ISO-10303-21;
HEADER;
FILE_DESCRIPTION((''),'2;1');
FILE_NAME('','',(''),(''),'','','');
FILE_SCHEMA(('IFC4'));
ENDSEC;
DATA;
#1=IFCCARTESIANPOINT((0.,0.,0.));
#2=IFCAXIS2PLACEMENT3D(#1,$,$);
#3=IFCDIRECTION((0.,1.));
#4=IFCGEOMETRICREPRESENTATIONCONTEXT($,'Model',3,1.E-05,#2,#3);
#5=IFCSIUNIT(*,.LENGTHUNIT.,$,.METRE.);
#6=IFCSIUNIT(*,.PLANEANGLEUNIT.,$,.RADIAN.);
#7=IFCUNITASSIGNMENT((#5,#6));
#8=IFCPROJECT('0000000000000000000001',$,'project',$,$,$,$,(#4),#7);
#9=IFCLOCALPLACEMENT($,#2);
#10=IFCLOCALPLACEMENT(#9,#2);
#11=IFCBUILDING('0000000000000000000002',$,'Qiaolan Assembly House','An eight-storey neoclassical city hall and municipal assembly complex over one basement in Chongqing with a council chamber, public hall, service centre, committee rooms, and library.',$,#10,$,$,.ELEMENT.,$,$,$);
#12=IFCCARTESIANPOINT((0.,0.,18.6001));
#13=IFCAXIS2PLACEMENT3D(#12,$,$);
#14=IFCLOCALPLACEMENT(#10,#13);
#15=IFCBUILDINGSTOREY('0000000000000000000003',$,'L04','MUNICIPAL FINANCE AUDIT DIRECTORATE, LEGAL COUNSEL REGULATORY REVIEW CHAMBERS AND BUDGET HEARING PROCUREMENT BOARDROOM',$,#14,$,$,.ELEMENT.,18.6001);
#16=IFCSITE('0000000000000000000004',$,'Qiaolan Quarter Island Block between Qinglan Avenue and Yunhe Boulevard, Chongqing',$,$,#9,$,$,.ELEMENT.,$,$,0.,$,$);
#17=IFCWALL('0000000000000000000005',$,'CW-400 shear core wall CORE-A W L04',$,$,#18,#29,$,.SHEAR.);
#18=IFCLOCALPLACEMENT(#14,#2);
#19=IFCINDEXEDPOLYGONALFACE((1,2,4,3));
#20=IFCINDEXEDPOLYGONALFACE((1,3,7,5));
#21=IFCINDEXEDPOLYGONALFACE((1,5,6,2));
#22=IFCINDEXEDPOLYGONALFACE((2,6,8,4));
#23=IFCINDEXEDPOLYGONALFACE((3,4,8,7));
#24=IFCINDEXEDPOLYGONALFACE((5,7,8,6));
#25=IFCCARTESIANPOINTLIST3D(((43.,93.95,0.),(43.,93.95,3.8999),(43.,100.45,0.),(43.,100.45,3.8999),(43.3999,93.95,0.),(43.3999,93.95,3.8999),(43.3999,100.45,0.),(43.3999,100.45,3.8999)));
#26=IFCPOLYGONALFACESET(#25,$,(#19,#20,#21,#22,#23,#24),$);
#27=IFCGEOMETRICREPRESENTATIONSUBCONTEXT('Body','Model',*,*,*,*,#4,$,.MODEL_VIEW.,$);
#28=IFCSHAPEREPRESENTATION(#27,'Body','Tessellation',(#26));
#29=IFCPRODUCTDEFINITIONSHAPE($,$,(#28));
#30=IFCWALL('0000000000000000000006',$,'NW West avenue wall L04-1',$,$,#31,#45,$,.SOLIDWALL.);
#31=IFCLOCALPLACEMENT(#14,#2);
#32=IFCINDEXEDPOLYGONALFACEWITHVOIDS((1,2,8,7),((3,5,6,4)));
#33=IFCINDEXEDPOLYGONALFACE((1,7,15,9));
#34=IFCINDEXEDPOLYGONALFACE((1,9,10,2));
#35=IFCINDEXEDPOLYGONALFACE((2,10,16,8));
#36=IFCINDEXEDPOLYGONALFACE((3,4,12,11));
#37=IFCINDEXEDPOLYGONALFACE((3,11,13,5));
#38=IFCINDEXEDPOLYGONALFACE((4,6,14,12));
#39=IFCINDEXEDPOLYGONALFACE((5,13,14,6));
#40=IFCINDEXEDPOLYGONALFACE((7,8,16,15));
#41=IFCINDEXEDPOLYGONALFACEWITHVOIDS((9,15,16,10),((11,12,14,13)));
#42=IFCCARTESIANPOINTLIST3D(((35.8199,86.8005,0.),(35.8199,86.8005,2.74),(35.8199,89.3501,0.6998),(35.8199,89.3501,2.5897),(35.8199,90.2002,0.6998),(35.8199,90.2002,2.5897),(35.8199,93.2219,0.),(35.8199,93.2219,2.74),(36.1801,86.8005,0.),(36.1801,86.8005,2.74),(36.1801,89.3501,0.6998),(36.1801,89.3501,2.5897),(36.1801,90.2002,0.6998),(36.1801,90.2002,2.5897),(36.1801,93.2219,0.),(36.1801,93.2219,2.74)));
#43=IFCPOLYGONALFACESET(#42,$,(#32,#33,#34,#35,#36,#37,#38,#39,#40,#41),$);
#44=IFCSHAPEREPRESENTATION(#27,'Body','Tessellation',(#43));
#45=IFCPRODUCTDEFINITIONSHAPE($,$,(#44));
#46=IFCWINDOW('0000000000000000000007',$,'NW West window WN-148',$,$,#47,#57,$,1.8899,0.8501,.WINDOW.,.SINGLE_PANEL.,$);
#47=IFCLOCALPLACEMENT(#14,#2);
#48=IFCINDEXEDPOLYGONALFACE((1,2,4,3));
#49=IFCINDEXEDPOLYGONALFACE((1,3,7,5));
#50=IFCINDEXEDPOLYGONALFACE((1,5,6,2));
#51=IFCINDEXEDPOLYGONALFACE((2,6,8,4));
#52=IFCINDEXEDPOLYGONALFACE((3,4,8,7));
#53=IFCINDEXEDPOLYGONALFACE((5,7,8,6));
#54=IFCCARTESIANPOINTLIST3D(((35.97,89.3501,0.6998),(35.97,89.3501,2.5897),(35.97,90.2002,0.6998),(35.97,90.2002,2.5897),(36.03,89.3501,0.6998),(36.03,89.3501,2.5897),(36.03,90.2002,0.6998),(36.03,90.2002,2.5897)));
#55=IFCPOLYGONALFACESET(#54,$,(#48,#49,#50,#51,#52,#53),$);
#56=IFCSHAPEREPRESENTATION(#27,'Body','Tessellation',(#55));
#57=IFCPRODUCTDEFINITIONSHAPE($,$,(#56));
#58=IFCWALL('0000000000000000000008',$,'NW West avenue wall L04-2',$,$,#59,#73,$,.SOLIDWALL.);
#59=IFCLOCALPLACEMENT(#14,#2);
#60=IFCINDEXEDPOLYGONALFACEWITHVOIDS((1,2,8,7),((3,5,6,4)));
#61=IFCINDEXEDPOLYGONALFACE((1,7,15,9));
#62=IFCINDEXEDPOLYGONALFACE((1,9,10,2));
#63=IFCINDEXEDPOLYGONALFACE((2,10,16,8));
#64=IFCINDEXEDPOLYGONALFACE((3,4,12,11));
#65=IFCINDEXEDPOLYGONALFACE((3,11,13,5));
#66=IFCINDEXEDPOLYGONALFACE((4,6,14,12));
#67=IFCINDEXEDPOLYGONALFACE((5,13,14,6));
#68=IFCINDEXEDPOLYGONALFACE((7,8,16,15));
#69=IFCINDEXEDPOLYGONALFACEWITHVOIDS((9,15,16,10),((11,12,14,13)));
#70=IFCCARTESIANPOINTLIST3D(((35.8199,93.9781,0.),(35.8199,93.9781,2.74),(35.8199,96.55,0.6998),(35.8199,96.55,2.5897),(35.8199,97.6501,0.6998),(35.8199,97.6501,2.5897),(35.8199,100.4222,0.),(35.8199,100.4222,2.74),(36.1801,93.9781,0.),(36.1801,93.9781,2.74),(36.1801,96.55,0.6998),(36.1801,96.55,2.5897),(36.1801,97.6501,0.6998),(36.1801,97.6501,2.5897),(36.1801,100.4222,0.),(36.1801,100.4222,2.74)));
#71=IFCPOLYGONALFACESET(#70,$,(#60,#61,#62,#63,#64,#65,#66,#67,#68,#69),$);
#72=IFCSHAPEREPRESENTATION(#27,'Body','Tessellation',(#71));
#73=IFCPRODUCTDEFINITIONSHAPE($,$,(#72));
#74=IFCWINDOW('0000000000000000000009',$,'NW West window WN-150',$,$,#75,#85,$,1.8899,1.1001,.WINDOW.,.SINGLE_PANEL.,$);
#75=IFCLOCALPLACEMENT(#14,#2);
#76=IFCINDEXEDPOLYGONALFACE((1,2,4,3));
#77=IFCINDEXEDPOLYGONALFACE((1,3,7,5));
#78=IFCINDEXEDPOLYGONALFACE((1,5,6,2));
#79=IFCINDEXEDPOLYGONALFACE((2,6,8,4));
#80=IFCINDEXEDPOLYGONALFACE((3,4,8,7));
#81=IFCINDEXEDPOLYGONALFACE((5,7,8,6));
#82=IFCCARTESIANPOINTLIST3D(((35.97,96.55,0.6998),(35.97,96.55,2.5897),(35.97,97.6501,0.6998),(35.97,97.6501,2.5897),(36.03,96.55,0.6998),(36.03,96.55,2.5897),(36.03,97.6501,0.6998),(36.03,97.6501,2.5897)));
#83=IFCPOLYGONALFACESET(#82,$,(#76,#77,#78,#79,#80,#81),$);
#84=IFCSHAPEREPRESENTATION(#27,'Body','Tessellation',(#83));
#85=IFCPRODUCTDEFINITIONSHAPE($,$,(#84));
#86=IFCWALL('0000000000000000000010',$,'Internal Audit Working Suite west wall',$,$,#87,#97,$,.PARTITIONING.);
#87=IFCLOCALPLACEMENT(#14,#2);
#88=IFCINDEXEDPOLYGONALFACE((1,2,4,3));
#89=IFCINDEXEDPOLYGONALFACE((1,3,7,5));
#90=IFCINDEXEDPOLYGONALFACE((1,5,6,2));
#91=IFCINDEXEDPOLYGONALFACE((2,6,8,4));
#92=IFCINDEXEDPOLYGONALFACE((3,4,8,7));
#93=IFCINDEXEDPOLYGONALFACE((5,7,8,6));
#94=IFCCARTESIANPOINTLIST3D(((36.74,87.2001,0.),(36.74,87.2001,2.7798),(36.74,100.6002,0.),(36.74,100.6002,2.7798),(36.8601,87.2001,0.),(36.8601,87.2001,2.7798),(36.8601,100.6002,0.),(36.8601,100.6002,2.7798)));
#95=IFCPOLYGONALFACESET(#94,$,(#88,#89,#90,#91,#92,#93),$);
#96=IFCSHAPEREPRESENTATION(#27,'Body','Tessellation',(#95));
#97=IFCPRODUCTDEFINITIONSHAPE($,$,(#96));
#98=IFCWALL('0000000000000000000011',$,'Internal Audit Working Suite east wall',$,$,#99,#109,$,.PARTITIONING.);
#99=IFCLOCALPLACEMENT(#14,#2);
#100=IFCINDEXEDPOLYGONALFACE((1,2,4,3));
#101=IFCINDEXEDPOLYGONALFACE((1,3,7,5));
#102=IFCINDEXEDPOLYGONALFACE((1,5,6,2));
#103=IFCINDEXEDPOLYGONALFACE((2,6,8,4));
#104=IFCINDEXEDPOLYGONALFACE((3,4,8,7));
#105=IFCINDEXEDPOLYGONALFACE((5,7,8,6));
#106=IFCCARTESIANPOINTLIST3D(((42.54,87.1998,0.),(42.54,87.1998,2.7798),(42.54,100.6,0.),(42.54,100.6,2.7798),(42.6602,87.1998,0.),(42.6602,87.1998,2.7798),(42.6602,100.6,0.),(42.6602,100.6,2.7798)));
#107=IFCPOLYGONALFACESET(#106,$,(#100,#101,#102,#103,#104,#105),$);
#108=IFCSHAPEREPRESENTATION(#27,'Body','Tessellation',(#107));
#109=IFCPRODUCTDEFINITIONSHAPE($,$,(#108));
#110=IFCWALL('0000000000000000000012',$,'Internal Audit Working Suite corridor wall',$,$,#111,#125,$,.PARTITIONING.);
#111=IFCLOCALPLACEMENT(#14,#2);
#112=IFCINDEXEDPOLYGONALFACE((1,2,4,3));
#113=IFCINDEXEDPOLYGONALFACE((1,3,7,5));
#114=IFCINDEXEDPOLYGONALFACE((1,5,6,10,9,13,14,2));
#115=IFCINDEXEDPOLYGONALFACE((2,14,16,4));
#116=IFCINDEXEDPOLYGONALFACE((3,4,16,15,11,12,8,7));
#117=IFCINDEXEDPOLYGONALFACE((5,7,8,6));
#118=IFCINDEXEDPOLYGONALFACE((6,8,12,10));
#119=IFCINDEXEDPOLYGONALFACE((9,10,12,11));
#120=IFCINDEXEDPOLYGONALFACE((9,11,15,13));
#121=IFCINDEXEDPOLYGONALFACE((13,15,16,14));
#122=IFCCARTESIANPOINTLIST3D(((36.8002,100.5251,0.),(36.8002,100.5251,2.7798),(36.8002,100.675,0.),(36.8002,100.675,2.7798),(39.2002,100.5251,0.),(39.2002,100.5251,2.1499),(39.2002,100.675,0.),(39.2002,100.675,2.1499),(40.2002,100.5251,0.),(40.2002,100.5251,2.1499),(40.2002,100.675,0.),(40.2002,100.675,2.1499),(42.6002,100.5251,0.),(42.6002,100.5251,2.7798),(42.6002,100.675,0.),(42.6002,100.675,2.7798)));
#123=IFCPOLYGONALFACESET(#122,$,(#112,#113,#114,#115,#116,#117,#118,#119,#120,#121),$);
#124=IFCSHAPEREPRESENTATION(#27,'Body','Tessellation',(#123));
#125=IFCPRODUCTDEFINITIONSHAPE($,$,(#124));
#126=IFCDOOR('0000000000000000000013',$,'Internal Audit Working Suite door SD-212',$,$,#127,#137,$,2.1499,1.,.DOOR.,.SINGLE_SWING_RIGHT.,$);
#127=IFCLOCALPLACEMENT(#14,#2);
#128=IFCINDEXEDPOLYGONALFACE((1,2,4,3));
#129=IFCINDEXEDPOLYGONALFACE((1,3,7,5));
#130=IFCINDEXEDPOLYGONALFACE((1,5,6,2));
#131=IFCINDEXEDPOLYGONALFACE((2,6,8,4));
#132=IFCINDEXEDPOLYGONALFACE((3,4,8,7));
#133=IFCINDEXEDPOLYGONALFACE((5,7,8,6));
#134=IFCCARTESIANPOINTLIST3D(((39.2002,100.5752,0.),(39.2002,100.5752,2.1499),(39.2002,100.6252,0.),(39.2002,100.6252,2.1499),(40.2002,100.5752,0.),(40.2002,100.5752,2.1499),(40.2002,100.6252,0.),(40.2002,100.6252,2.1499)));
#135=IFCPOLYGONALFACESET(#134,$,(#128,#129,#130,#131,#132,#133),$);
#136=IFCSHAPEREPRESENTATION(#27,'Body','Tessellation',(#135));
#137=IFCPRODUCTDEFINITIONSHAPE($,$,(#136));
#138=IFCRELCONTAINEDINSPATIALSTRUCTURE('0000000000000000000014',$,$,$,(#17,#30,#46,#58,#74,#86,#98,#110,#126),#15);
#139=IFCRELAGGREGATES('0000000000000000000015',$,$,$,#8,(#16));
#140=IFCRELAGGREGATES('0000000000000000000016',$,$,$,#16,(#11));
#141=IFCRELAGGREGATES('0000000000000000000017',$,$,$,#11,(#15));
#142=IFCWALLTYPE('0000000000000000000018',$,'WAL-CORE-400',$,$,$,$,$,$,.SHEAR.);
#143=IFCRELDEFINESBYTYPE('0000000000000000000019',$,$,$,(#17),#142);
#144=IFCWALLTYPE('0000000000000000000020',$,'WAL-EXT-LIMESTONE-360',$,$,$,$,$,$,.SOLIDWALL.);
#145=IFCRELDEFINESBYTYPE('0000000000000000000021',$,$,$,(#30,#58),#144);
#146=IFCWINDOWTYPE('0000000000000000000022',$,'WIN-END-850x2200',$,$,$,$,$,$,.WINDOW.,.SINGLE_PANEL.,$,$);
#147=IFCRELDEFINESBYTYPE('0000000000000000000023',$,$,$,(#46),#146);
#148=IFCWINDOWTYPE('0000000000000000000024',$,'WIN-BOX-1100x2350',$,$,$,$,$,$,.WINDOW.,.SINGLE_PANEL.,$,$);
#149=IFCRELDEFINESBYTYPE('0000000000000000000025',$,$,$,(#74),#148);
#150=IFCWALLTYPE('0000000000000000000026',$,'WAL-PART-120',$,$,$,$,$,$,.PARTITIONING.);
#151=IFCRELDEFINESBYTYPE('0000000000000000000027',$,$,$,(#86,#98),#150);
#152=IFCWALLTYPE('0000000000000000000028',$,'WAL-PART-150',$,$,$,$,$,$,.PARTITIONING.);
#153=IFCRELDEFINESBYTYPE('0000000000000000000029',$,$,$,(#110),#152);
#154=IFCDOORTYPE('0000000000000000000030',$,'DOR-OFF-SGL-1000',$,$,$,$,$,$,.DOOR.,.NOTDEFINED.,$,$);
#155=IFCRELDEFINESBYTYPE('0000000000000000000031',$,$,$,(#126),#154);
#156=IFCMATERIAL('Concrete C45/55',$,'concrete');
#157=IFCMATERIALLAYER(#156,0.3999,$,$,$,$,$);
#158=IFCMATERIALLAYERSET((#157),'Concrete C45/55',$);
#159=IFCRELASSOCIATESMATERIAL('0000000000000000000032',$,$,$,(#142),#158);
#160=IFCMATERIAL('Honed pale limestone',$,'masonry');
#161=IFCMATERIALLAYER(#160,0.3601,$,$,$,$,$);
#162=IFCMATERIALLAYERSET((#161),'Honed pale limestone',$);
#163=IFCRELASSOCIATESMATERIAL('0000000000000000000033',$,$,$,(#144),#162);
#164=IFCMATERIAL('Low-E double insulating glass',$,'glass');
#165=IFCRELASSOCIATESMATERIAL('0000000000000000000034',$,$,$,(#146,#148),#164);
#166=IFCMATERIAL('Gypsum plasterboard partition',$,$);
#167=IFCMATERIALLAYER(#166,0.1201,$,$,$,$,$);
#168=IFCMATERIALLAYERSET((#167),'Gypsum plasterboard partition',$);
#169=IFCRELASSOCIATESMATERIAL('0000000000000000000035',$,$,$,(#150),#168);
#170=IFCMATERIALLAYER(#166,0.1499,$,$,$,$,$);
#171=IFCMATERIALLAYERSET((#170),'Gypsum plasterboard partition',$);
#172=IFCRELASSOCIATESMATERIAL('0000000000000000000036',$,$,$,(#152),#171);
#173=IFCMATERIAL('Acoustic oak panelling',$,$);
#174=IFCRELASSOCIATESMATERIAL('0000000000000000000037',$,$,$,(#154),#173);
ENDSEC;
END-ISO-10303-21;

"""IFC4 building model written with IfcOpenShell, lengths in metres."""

from ifc_helpers import new_model, si_unit, direction, frame, frame_2d, origin, place, context, subcontext, project, spatial, rectangle, extrude, material, layer, layer_set, type_object, element, fill, save


model = new_model("IFC4")

# Units and contexts
model_context = context("Model", 3, precision=1e-05, world=origin(), true_north=direction((0.0, 1.0)))
body_context = subcontext(model_context, "Body", "Model", "MODEL_VIEW")
ifc_project = project(units=[si_unit("LENGTHUNIT", "METRE"), si_unit("PLANEANGLEUNIT", "RADIAN")], contexts=[model_context])

# Site, building, storey
site_placement = place(None, origin())
site = spatial("IfcSite", under=ifc_project, at=site_placement, Name="Qiaolan Quarter Island Block between Qinglan Avenue and Yunhe Boulevard, Chongqing", CompositionType="ELEMENT", RefElevation=0.0)
building_placement = place(site_placement, origin())
building = spatial("IfcBuilding", under=site, at=building_placement, Name="Qiaolan Assembly House", Description="An eight-storey neoclassical city hall and municipal assembly complex over one basement in Chongqing with a council chamber, public hall, service centre, committee rooms, and library.", CompositionType="ELEMENT")
storey_placement = place(building_placement, frame((0.0, 0.0, 18.6001)))
storey = spatial("IfcBuildingStorey", under=building, at=storey_placement, Name="L04", Description="MUNICIPAL FINANCE AUDIT DIRECTORATE, LEGAL COUNSEL REGULATORY REVIEW CHAMBERS AND BUDGET HEARING PROCUREMENT BOARDROOM", CompositionType="ELEMENT", Elevation=18.6001)

# Shared definitions
ifc_material_1 = material(Name="Concrete C45/55", Category="concrete")

# Shared definitions
ifc_material_2 = material(Name="Honed pale limestone", Category="masonry")

# Wall
ifc_layer_1 = layer(ifc_material_1, 0.3999)
ifc_layer_set_1 = layer_set([ifc_layer_1], Name="Concrete C45/55")
wall_type_1 = type_object("IfcWallType", Name="WAL-CORE-400", PredefinedType="SHEAR", material=ifc_layer_set_1)
for number, where, z_axis, x_axis, name in (
    (1, (43.2, 100.45, 0.0), (0.0, 0.0, 1.0), (0.0, -1.0, 0.0), "CW-400 shear core wall CORE-A W L04"),
):
    element("IfcWall", number, at=place(storey_placement, frame(where, z_axis=z_axis, x_axis=x_axis)), inside=storey, type_object=wall_type_1, Name=name, PredefinedType="SHEAR", context=body_context, shape_type="SweptSolid", body=[
        extrude(rectangle(XDim=6.5, YDim=0.3999, at=frame_2d((3.25, 0.0))), origin(), (0.0, 0.0, 1.0), 3.8999),
    ])

# Walls, openings, windows
ifc_layer_2 = layer(ifc_material_2, 0.3601)
ifc_layer_set_2 = layer_set([ifc_layer_2], Name="Honed pale limestone")
wall_type_2 = type_object("IfcWallType", Name="WAL-EXT-LIMESTONE-360", PredefinedType="SOLIDWALL", material=ifc_layer_set_2)
wall_1_placement = place(storey_placement, frame((36.0, 86.8005, 0.0), z_axis=(0.0, 0.0, 1.0), x_axis=(0.0, 1.0, 0.0)))
wall_1 = element("IfcWall", 2, at=wall_1_placement, inside=storey, type_object=wall_type_2, Name="NW West avenue wall L04-1", PredefinedType="SOLIDWALL", context=body_context, shape_type="SweptSolid", body=[
    extrude(rectangle(XDim=6.4214, YDim=0.3601, at=frame_2d((3.2107, 0.0))), origin(), (0.0, 0.0, 1.0), 2.74),
])
opening_1_placement = place(wall_1_placement, frame((2.5496, 0.0, 0.7)))
opening_1 = element("IfcOpeningElement", 3, at=opening_1_placement, cuts=wall_1, PredefinedType="OPENING", context=body_context, shape_type="SweptSolid", body=[
    extrude(rectangle(XDim=0.8501, YDim=1.8899, at=frame_2d((0.425, 0.9448))), frame((0.0, 0.1899, 0.0), z_axis=(0.0, -1.0, 0.0), x_axis=(1.0, 0.0, 0.0)), (0.0, 0.0, 1.0), 0.3801),
])
ifc_material_3 = material(Name="Low-E double insulating glass", Category="glass")
window_type_1 = type_object("IfcWindowType", Name="WIN-END-850x2200", PartitioningType="SINGLE_PANEL", PredefinedType="WINDOW", material=ifc_material_3)
window_1_placement = place(opening_1_placement, origin())
window_1 = element("IfcWindow", 4, at=window_1_placement, inside=storey, type_object=window_type_1, Name="NW West window WN-148", OverallHeight=1.8899, OverallWidth=0.8501, PartitioningType="SINGLE_PANEL", PredefinedType="WINDOW", context=body_context, shape_type="SweptSolid", body=[
    extrude(rectangle(XDim=0.8501, YDim=1.8899, at=frame_2d((0.425, 0.9448))), frame((0.0, 0.03, 0.0), z_axis=(0.0, -1.0, 0.0), x_axis=(1.0, 0.0, 0.0)), (0.0, 0.0, 1.0), 0.0601),
])
fill(opening_1, window_1)
wall_2_placement = place(storey_placement, frame((36.0, 93.978, 0.0), z_axis=(0.0, 0.0, 1.0), x_axis=(0.0, 1.0, 0.0)))
wall_2 = element("IfcWall", 5, at=wall_2_placement, inside=storey, type_object=wall_type_2, Name="NW West avenue wall L04-2", PredefinedType="SOLIDWALL", context=body_context, shape_type="SweptSolid", body=[
    extrude(rectangle(XDim=6.4441, YDim=0.3601, at=frame_2d((3.2222, 0.0))), origin(), (0.0, 0.0, 1.0), 2.74),
])
opening_2_placement = place(wall_2_placement, frame((2.572, 0.0, 0.7)))
opening_2 = element("IfcOpeningElement", 6, at=opening_2_placement, cuts=wall_2, PredefinedType="OPENING", context=body_context, shape_type="SweptSolid", body=[
    extrude(rectangle(XDim=1.1001, YDim=1.8899, at=frame_2d((0.55, 0.9448))), frame((0.0, 0.1899, 0.0), z_axis=(0.0, -1.0, 0.0), x_axis=(1.0, 0.0, 0.0)), (0.0, 0.0, 1.0), 0.3801),
])
window_type_2 = type_object("IfcWindowType", Name="WIN-BOX-1100x2350", PartitioningType="SINGLE_PANEL", PredefinedType="WINDOW", material=ifc_material_3)
window_2_placement = place(opening_2_placement, origin())
window_2 = element("IfcWindow", 7, at=window_2_placement, inside=storey, type_object=window_type_2, Name="NW West window WN-150", OverallHeight=1.8899, OverallWidth=1.1001, PartitioningType="SINGLE_PANEL", PredefinedType="WINDOW", context=body_context, shape_type="SweptSolid", body=[
    extrude(rectangle(XDim=1.1001, YDim=1.8899, at=frame_2d((0.55, 0.9448))), frame((0.0, 0.03, 0.0), z_axis=(0.0, -1.0, 0.0), x_axis=(1.0, 0.0, 0.0)), (0.0, 0.0, 1.0), 0.0601),
])
fill(opening_2, window_2)

# Walls
ifc_material_4 = material(Name="Gypsum plasterboard partition")
ifc_layer_3 = layer(ifc_material_4, 0.1201)
ifc_layer_set_3 = layer_set([ifc_layer_3], Name="Gypsum plasterboard partition")
wall_type_3 = type_object("IfcWallType", Name="WAL-PART-120", PredefinedType="PARTITIONING", material=ifc_layer_set_3)
for number, where, z_axis, x_axis, name in (
    (8, (36.8, 87.2, 0.0), (0.0, 0.0, 1.0), (0.0, 1.0, 0.0), "Internal Audit Working Suite west wall"),
    (9, (42.6001, 100.6001, 0.0), (0.0, 0.0, 1.0), (0.0, -1.0, 0.0), "Internal Audit Working Suite east wall"),
):
    element("IfcWall", number, at=place(storey_placement, frame(where, z_axis=z_axis, x_axis=x_axis)), inside=storey, type_object=wall_type_3, Name=name, PredefinedType="PARTITIONING", context=body_context, shape_type="SweptSolid", body=[
        extrude(rectangle(XDim=13.4001, YDim=0.1201, at=frame_2d((6.7002, 0.0))), origin(), (0.0, 0.0, 1.0), 2.7798),
    ])

# Wall, opening, door
ifc_layer_4 = layer(ifc_material_4, 0.1499)
ifc_layer_set_4 = layer_set([ifc_layer_4], Name="Gypsum plasterboard partition")
wall_type_4 = type_object("IfcWallType", Name="WAL-PART-150", PredefinedType="PARTITIONING", material=ifc_layer_set_4)
wall_3_placement = place(storey_placement, frame((42.6001, 100.6001, 0.0), z_axis=(0.0, 0.0, 1.0), x_axis=(-1.0, 0.0, 0.0)))
wall_3 = element("IfcWall", 10, at=wall_3_placement, inside=storey, type_object=wall_type_4, Name="Internal Audit Working Suite corridor wall", PredefinedType="PARTITIONING", context=body_context, shape_type="SweptSolid", body=[
    extrude(rectangle(XDim=5.8, YDim=0.1499, at=frame_2d((2.8999, 0.0))), origin(), (0.0, 0.0, 1.0), 2.7798),
])
opening_3_placement = place(wall_3_placement, frame((2.3999, 0.0, 0.0)))
opening_3 = element("IfcOpeningElement", 11, at=opening_3_placement, cuts=wall_3, PredefinedType="OPENING", context=body_context, shape_type="SweptSolid", body=[
    extrude(rectangle(XDim=1.0, YDim=2.1499, at=frame_2d((0.5, 1.075))), frame((0.0, 0.085, 0.0), z_axis=(0.0, -1.0, 0.0), x_axis=(1.0, 0.0, 0.0)), (0.0, 0.0, 1.0), 0.1699),
])
ifc_material_5 = material(Name="Acoustic oak panelling")
door_type = type_object("IfcDoorType", Name="DOR-OFF-SGL-1000", OperationType="NOTDEFINED", PredefinedType="DOOR", material=ifc_material_5)
door_placement = place(opening_3_placement, origin())
door = element("IfcDoor", 12, at=door_placement, inside=storey, type_object=door_type, Name="Internal Audit Working Suite door SD-212", OperationType="SINGLE_SWING_RIGHT", OverallHeight=2.1499, OverallWidth=1.0, PredefinedType="DOOR", context=body_context, shape_type="SweptSolid", body=[
    extrude(rectangle(XDim=1.0, YDim=2.1499, at=frame_2d((0.5, 1.075))), frame((0.0, 0.0249, 0.0), z_axis=(0.0, -1.0, 0.0), x_axis=(1.0, 0.0, 0.0)), (0.0, 0.0, 1.0), 0.05),
])
fill(opening_3, door)

save(model, "model.ifc")
